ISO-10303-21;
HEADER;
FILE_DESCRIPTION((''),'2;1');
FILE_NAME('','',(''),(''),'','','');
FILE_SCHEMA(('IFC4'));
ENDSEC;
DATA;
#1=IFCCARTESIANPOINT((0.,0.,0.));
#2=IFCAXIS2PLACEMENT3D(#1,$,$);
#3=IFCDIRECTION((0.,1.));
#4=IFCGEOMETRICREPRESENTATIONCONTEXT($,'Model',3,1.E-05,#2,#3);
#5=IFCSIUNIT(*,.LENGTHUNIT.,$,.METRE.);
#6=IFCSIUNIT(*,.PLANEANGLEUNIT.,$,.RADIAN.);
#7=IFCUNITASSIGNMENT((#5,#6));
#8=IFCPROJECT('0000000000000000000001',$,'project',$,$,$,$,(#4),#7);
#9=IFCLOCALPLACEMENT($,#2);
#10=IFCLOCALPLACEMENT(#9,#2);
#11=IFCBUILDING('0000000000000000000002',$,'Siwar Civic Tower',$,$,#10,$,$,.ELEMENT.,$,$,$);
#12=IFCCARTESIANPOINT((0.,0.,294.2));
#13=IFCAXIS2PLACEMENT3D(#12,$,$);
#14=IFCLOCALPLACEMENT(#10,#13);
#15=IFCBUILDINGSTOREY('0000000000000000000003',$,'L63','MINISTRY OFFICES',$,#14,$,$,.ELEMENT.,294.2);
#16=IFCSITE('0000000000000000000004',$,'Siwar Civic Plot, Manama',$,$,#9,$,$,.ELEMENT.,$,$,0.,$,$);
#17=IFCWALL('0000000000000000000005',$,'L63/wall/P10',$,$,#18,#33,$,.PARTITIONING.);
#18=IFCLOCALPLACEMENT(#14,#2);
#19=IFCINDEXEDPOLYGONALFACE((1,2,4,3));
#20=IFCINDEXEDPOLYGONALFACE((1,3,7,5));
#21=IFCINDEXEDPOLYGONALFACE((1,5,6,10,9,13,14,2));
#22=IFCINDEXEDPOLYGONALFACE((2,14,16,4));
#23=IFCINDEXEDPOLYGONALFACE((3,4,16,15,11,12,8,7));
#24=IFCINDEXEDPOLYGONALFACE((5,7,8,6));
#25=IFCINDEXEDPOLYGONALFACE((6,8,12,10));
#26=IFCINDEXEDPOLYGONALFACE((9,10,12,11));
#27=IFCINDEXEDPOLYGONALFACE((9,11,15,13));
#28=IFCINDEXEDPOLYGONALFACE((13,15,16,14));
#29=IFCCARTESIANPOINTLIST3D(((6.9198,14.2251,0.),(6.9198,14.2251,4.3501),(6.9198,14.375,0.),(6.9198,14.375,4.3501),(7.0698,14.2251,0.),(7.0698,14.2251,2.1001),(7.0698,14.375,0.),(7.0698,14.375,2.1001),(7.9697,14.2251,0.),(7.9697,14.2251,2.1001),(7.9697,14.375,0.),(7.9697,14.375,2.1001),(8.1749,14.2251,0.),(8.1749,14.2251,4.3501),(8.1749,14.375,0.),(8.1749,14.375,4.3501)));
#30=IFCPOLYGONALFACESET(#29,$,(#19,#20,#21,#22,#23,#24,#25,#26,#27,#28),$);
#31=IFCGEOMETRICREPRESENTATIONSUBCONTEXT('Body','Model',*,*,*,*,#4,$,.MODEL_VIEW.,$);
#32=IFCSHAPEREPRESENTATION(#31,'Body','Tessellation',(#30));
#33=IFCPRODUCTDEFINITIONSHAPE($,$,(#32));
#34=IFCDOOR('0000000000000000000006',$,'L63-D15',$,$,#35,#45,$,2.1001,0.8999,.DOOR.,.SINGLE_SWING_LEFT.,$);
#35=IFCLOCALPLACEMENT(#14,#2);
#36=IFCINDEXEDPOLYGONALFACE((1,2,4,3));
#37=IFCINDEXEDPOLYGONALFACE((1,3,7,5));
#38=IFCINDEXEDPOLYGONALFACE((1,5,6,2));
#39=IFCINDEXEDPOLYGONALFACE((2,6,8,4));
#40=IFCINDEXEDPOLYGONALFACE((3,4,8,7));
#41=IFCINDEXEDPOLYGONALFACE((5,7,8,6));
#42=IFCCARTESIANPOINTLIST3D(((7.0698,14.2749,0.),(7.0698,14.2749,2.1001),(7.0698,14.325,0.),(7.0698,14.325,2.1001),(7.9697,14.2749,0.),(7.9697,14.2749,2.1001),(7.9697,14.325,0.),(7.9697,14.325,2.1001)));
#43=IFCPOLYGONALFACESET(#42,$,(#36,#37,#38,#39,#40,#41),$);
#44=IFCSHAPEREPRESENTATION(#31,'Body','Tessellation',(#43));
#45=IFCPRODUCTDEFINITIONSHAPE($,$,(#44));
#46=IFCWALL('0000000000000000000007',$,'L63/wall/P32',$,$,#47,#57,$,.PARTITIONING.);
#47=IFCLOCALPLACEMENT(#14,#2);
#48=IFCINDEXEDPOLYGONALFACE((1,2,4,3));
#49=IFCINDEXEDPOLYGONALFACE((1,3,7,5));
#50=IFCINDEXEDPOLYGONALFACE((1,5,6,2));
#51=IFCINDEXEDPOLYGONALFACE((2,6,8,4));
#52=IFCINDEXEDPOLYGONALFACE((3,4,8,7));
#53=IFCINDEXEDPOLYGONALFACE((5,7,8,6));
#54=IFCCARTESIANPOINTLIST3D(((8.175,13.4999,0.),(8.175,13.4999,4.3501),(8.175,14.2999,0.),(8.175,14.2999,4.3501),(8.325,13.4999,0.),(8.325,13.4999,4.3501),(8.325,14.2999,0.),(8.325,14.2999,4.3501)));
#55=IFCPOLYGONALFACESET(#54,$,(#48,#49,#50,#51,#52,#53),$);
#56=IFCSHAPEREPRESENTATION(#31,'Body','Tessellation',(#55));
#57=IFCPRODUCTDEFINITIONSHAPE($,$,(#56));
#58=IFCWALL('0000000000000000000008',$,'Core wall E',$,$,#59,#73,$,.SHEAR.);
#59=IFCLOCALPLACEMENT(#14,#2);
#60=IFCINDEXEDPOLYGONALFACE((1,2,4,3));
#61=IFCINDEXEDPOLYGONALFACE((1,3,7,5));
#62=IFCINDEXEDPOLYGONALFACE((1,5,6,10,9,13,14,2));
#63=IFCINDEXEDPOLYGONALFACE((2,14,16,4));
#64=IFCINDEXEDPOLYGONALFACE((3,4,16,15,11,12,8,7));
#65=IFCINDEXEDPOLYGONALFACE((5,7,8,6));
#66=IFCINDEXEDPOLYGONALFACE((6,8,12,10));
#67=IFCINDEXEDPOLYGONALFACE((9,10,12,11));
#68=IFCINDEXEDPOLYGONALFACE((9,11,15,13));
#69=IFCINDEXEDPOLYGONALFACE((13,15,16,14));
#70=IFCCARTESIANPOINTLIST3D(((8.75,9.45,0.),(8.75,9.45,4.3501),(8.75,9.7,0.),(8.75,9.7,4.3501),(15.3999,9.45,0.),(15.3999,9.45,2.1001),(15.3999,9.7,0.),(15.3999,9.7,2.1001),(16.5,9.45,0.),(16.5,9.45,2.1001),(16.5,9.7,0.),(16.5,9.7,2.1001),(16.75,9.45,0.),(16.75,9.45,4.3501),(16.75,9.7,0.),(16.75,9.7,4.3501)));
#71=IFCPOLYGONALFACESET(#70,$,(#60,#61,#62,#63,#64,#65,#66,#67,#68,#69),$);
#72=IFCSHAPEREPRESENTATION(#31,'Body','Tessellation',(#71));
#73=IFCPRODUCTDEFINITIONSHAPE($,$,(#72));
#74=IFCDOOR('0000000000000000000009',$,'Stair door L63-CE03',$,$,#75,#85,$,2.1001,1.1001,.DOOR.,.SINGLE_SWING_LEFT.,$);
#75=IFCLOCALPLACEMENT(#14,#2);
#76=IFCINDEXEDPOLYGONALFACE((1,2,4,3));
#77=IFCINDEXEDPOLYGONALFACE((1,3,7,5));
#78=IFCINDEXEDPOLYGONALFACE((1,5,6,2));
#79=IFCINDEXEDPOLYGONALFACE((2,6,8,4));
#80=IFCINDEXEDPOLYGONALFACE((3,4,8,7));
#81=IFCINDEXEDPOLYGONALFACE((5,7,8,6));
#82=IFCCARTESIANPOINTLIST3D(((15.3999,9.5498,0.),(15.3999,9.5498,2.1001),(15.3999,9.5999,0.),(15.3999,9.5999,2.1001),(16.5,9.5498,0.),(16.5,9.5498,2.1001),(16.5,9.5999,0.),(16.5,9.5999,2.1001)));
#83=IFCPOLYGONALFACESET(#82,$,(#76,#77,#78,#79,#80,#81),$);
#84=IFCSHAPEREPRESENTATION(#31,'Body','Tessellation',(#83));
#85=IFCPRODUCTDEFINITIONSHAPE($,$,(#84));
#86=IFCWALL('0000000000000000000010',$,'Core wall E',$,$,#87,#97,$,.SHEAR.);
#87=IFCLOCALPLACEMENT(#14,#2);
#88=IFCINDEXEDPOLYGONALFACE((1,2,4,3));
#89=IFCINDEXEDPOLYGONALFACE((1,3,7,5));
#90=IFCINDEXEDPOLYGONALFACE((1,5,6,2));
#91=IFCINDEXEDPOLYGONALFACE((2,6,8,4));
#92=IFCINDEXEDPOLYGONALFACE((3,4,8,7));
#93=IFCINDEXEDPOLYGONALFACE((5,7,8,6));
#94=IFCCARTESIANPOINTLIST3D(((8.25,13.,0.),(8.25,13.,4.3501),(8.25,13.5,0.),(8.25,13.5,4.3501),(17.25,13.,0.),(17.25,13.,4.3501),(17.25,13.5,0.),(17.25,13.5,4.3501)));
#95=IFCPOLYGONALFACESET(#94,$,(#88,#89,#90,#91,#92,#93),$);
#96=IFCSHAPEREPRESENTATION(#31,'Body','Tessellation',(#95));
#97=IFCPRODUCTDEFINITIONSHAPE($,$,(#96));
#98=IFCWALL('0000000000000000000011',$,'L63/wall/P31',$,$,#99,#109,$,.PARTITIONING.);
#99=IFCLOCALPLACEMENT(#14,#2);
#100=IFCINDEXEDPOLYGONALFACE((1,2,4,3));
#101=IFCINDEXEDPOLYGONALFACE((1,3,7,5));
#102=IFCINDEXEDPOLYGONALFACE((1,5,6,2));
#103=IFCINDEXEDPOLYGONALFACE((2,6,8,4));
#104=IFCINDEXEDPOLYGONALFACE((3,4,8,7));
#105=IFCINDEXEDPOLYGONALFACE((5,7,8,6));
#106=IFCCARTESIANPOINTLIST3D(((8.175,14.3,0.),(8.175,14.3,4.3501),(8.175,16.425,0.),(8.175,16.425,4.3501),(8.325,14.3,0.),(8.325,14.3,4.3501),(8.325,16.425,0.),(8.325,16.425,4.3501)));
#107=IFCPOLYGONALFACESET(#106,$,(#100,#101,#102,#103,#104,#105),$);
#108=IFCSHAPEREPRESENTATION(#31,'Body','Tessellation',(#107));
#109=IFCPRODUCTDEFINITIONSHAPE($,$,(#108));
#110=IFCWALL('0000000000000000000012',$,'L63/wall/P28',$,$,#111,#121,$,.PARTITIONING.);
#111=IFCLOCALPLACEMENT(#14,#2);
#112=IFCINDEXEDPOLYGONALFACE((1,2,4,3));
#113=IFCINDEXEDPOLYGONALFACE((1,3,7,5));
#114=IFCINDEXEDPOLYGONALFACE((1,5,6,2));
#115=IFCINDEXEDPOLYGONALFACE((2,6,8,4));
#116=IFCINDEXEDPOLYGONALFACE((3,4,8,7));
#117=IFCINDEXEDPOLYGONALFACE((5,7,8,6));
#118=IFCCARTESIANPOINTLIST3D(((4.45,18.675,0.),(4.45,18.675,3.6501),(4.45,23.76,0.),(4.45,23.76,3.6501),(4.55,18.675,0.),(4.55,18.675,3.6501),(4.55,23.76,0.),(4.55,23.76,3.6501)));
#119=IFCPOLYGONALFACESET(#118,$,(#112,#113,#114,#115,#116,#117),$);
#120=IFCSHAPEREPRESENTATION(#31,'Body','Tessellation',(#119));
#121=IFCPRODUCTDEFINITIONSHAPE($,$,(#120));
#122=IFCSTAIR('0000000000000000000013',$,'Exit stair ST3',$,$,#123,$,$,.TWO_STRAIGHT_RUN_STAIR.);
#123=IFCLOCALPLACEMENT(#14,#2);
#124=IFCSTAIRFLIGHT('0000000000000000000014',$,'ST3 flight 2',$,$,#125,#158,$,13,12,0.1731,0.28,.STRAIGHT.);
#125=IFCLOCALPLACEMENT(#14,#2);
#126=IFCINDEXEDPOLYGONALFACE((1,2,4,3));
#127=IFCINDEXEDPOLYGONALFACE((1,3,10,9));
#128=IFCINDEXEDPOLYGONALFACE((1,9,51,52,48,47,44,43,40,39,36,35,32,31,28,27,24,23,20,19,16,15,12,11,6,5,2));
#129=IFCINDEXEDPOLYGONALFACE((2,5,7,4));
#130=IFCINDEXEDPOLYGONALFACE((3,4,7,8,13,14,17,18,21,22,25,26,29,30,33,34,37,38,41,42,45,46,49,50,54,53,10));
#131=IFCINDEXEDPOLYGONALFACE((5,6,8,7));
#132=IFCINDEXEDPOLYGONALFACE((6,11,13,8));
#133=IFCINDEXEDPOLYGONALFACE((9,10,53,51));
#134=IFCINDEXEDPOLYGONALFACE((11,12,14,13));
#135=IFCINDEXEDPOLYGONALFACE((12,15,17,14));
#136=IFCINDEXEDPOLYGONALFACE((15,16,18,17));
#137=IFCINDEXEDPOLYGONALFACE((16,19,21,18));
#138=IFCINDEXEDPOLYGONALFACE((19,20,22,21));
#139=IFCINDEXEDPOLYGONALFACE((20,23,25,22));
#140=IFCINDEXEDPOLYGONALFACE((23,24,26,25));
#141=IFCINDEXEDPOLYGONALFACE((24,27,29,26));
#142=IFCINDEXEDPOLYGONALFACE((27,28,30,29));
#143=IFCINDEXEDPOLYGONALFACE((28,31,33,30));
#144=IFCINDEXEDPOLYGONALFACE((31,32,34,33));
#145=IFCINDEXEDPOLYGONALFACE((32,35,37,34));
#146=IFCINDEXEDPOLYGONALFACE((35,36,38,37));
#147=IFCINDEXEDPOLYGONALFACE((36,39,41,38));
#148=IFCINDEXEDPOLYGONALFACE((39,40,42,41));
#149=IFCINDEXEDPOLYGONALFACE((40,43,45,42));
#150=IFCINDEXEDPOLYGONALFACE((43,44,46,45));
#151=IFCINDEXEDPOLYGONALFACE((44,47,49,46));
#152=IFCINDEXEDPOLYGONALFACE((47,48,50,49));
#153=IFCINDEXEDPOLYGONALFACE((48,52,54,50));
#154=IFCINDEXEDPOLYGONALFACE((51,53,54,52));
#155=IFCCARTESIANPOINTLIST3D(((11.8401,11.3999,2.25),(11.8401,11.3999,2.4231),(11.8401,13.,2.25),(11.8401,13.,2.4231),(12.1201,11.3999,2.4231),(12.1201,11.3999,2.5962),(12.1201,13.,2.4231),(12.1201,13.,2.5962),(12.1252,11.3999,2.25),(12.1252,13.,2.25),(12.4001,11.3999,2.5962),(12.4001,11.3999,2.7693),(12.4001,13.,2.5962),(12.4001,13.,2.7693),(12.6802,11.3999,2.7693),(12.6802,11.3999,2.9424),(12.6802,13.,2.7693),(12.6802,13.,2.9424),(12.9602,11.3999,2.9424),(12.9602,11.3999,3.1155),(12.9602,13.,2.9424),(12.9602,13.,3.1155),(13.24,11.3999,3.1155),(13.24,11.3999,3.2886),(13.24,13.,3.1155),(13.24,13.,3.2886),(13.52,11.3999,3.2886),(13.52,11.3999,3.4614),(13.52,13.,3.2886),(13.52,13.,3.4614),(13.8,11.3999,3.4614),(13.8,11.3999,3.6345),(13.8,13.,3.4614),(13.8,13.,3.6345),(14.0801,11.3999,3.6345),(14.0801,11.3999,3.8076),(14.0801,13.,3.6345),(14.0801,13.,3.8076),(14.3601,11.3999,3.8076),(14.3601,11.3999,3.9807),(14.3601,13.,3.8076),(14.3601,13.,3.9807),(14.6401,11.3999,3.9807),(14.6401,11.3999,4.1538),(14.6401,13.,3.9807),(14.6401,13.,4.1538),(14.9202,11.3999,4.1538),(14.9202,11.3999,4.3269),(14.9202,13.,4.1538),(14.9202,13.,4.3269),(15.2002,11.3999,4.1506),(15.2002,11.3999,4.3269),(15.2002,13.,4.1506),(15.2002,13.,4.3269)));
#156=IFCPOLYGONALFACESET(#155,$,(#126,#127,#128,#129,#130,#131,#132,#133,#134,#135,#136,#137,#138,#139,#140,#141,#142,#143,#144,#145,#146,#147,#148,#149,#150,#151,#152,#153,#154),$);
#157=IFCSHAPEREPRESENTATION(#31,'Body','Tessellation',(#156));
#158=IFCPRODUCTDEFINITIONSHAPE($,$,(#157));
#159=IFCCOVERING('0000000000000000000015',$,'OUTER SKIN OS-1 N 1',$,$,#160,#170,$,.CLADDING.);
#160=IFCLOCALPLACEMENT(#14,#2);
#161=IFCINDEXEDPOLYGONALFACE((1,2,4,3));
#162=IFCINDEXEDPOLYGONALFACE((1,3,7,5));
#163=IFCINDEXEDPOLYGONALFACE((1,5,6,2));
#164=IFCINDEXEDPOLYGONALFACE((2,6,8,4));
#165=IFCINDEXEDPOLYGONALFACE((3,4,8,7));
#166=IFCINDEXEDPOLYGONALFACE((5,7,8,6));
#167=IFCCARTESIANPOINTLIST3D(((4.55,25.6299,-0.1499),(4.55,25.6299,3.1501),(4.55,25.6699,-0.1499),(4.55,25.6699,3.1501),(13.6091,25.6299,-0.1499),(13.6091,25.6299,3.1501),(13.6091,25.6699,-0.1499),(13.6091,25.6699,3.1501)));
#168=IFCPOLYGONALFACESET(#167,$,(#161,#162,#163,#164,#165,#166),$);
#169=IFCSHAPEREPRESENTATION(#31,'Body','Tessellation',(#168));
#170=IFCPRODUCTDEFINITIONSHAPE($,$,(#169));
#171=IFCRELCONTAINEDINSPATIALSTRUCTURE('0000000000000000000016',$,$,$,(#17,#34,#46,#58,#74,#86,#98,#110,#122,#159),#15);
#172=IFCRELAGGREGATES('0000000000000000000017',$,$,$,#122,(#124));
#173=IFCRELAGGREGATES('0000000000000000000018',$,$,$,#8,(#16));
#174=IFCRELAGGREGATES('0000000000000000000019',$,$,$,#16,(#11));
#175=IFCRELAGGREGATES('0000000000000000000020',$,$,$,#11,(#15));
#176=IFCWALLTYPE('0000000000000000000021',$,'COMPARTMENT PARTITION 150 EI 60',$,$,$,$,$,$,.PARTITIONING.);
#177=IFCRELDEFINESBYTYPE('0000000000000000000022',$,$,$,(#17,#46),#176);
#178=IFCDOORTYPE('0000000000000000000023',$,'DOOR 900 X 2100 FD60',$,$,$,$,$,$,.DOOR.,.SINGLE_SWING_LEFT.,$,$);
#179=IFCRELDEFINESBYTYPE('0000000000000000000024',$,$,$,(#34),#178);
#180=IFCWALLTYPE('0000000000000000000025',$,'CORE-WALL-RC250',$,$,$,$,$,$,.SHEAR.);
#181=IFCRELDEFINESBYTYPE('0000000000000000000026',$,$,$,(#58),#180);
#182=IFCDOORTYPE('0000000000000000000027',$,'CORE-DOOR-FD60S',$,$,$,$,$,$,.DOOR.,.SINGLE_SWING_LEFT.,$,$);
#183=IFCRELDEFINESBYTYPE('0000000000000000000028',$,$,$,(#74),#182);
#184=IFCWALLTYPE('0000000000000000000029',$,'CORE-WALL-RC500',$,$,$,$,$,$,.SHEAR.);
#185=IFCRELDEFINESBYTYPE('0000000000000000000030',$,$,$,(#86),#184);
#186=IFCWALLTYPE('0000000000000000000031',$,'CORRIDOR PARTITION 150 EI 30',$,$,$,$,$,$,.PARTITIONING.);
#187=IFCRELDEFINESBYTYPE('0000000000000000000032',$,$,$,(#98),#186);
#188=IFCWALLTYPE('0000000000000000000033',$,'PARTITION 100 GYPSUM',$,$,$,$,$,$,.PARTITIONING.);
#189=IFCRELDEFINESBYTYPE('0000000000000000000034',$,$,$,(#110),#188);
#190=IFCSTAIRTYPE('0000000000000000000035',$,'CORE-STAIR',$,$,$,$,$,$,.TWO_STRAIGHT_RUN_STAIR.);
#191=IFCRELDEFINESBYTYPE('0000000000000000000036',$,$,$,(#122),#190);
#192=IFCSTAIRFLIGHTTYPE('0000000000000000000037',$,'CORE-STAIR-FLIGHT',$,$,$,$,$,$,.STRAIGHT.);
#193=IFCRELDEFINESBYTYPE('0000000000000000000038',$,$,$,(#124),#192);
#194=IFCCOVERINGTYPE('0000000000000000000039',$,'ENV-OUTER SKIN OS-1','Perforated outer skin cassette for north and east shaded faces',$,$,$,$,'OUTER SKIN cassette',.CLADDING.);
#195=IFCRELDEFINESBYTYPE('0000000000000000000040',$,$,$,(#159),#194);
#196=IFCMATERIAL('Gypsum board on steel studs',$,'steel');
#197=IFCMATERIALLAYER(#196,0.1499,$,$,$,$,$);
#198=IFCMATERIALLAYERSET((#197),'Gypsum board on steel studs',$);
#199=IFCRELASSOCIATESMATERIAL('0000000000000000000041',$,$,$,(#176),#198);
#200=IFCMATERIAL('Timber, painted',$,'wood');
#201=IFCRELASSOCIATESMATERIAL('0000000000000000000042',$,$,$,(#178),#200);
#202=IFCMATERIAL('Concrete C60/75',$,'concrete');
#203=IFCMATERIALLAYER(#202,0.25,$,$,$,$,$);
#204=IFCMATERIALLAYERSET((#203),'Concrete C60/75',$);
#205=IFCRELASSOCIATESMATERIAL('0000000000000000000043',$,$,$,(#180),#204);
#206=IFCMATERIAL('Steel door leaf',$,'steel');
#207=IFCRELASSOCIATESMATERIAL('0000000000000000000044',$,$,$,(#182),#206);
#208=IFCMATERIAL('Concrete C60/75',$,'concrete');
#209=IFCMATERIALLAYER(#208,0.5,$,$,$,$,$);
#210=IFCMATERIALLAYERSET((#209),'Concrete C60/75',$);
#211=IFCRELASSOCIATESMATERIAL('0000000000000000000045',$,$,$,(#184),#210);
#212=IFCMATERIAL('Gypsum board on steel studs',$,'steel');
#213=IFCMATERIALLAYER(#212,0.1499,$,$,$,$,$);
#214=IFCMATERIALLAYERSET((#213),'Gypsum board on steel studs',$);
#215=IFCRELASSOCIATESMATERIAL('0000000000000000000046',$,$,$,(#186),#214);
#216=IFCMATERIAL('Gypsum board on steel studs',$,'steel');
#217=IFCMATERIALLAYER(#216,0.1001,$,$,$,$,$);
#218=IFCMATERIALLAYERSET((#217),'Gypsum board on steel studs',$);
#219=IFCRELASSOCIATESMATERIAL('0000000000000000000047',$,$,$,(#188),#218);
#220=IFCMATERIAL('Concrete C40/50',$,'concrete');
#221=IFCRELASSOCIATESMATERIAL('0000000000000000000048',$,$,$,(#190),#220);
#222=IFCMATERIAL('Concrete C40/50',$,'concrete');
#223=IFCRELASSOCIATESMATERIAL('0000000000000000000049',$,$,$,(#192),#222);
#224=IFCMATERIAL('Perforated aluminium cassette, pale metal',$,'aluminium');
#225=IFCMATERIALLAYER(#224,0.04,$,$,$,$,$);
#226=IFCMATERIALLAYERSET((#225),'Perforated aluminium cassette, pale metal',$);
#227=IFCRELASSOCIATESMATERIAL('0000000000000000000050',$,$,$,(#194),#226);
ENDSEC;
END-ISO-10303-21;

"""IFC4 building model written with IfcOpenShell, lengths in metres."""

from ifc_helpers import new_model, si_unit, direction, frame, frame_2d, origin, origin_2d, place, context, subcontext, project, spatial, polyline, rectangle, outline, extrude, material, layer, layer_set, type_object, element, fill, aggregate, save


model = new_model("IFC4")

# Units and contexts
model_context = context("Model", 3, precision=1e-05, world=origin(), true_north=direction((0.0, 1.0)))
body_context = subcontext(model_context, "Body", "Model", "MODEL_VIEW")
ifc_project = project(units=[si_unit("LENGTHUNIT", "METRE"), si_unit("PLANEANGLEUNIT", "RADIAN")], contexts=[model_context])

# Site, building, storey
site_placement = place(None, origin())
site = spatial("IfcSite", under=ifc_project, at=site_placement, Name="Siwar Civic Plot, Manama", CompositionType="ELEMENT", RefElevation=0.0)
building_placement = place(site_placement, origin())
building = spatial("IfcBuilding", under=site, at=building_placement, Name="Siwar Civic Tower", CompositionType="ELEMENT")
storey_placement = place(building_placement, frame((0.0, 0.0, 294.2)))
storey = spatial("IfcBuildingStorey", under=building, at=storey_placement, Name="L63", Description="MINISTRY OFFICES", CompositionType="ELEMENT", Elevation=294.2)

# Wall, opening, door
ifc_material_1 = material(Name="Gypsum board on steel studs", Category="steel")
ifc_layer_1 = layer(ifc_material_1, 0.1499)
ifc_layer_set_1 = layer_set([ifc_layer_1], Name="Gypsum board on steel studs")
wall_type_1 = type_object("IfcWallType", Name="COMPARTMENT PARTITION 150 EI 60", PredefinedType="PARTITIONING", material=ifc_layer_set_1)
wall_1_placement = place(storey_placement, frame((6.9199, 14.3, 0.0), z_axis=(0.0, 0.0, 1.0), x_axis=(1.0, 0.0, 0.0)))
wall_1 = element("IfcWall", 1, at=wall_1_placement, inside=storey, type_object=wall_type_1, Name="L63/wall/P10", PredefinedType="PARTITIONING", context=body_context, shape_type="SweptSolid", body=[
    extrude(rectangle(XDim=1.2551, YDim=0.1499, at=frame_2d((0.6274, 0.0))), origin(), (0.0, 0.0, 1.0), 4.3501),
])
opening_1_placement = place(wall_1_placement, frame((0.1499, 0.0, 0.0)))
opening_1 = element("IfcOpeningElement", 2, at=opening_1_placement, cuts=wall_1, PredefinedType="OPENING", context=body_context, shape_type="SweptSolid", body=[
    extrude(rectangle(XDim=0.8999, YDim=2.1001, at=frame_2d((0.45, 1.05))), frame((0.0, 0.085, 0.0), z_axis=(0.0, -1.0, 0.0), x_axis=(1.0, 0.0, 0.0)), (0.0, 0.0, 1.0), 0.1699),
])
ifc_material_2 = material(Name="Timber, painted", Category="wood")
door_type_1 = type_object("IfcDoorType", Name="DOOR 900 X 2100 FD60", OperationType="SINGLE_SWING_LEFT", PredefinedType="DOOR", material=ifc_material_2)
door_1_placement = place(opening_1_placement, origin())
door_1 = element("IfcDoor", 3, at=door_1_placement, inside=storey, type_object=door_type_1, Name="L63-D15", OperationType="SINGLE_SWING_LEFT", OverallHeight=2.1001, OverallWidth=0.8999, PredefinedType="DOOR", context=body_context, shape_type="SweptSolid", body=[
    extrude(rectangle(XDim=0.8999, YDim=2.1001, at=frame_2d((0.45, 1.05))), frame((0.0, 0.0249, 0.0), z_axis=(0.0, -1.0, 0.0), x_axis=(1.0, 0.0, 0.0)), (0.0, 0.0, 1.0), 0.05),
])
fill(opening_1, door_1)

# Wall
wall_2_placement = place(storey_placement, frame((8.25, 13.5, 0.0), z_axis=(0.0, 0.0, 1.0), x_axis=(0.0, 1.0, 0.0)))
element("IfcWall", 4, at=wall_2_placement, inside=storey, type_object=wall_type_1, Name="L63/wall/P32", PredefinedType="PARTITIONING", context=body_context, shape_type="SweptSolid", body=[
    extrude(rectangle(XDim=0.8, YDim=0.1499, at=frame_2d((0.3999, 0.0))), origin(), (0.0, 0.0, 1.0), 4.3501),
])

# Wall, opening, door
ifc_material_3 = material(Name="Concrete C60/75", Category="concrete")
ifc_layer_2 = layer(ifc_material_3, 0.25)
ifc_layer_set_2 = layer_set([ifc_layer_2], Name="Concrete C60/75")
wall_type_2 = type_object("IfcWallType", Name="CORE-WALL-RC250", PredefinedType="SHEAR", material=ifc_layer_set_2)
wall_3_placement = place(storey_placement, frame((8.75, 9.575, 0.0), z_axis=(0.0, 0.0, 1.0), x_axis=(1.0, 0.0, 0.0)))
wall_3 = element("IfcWall", 5, at=wall_3_placement, inside=storey, type_object=wall_type_2, Name="Core wall E", PredefinedType="SHEAR", context=body_context, shape_type="SweptSolid", body=[
    extrude(rectangle(XDim=8.0, YDim=0.25, at=frame_2d((4.0, 0.0))), origin(), (0.0, 0.0, 1.0), 4.3501),
])
opening_2_placement = place(wall_3_placement, frame((6.6499, 0.0, 0.0)))
opening_2 = element("IfcOpeningElement", 6, at=opening_2_placement, cuts=wall_3, PredefinedType="OPENING", context=body_context, shape_type="SweptSolid", body=[
    extrude(rectangle(XDim=1.1001, YDim=2.1001, at=frame_2d((0.55, 1.05))), frame((0.0, 0.135, 0.0), z_axis=(0.0, -1.0, 0.0), x_axis=(1.0, 0.0, 0.0)), (0.0, 0.0, 1.0), 0.27),
])
ifc_material_4 = material(Name="Steel door leaf", Category="steel")
door_type_2 = type_object("IfcDoorType", Name="CORE-DOOR-FD60S", OperationType="SINGLE_SWING_LEFT", PredefinedType="DOOR", material=ifc_material_4)
door_2_placement = place(opening_2_placement, origin())
door_2 = element("IfcDoor", 7, at=door_2_placement, inside=storey, type_object=door_type_2, Name="Stair door L63-CE03", OperationType="SINGLE_SWING_LEFT", OverallHeight=2.1001, OverallWidth=1.1001, PredefinedType="DOOR", context=body_context, shape_type="SweptSolid", body=[
    extrude(rectangle(XDim=1.1001, YDim=2.1001, at=frame_2d((0.55, 1.05))), frame((0.0, 0.0249, 0.0), z_axis=(0.0, -1.0, 0.0), x_axis=(1.0, 0.0, 0.0)), (0.0, 0.0, 1.0), 0.05),
])
fill(opening_2, door_2)

# Walls
ifc_material_5 = material(Name="Concrete C60/75", Category="concrete")
ifc_layer_3 = layer(ifc_material_5, 0.5)
ifc_layer_set_3 = layer_set([ifc_layer_3], Name="Concrete C60/75")
wall_type_3 = type_object("IfcWallType", Name="CORE-WALL-RC500", PredefinedType="SHEAR", material=ifc_layer_set_3)
wall_4_placement = place(storey_placement, frame((8.25, 13.25, 0.0), z_axis=(0.0, 0.0, 1.0), x_axis=(1.0, 0.0, 0.0)))
element("IfcWall", 8, at=wall_4_placement, inside=storey, type_object=wall_type_3, Name="Core wall E", PredefinedType="SHEAR", context=body_context, shape_type="SweptSolid", body=[
    extrude(rectangle(XDim=9.0, YDim=0.5, at=frame_2d((4.5, 0.0))), origin(), (0.0, 0.0, 1.0), 4.3501),
])
ifc_material_6 = material(Name="Gypsum board on steel studs", Category="steel")
ifc_layer_4 = layer(ifc_material_6, 0.1499)
ifc_layer_set_4 = layer_set([ifc_layer_4], Name="Gypsum board on steel studs")
wall_type_4 = type_object("IfcWallType", Name="CORRIDOR PARTITION 150 EI 30", PredefinedType="PARTITIONING", material=ifc_layer_set_4)
wall_5_placement = place(storey_placement, frame((8.25, 14.3, 0.0), z_axis=(0.0, 0.0, 1.0), x_axis=(0.0, 1.0, 0.0)))
element("IfcWall", 9, at=wall_5_placement, inside=storey, type_object=wall_type_4, Name="L63/wall/P31", PredefinedType="PARTITIONING", context=body_context, shape_type="SweptSolid", body=[
    extrude(rectangle(XDim=2.125, YDim=0.1499, at=frame_2d((1.0625, 0.0))), origin(), (0.0, 0.0, 1.0), 4.3501),
])
ifc_material_7 = material(Name="Gypsum board on steel studs", Category="steel")
ifc_layer_5 = layer(ifc_material_7, 0.1001)
ifc_layer_set_5 = layer_set([ifc_layer_5], Name="Gypsum board on steel studs")
wall_type_5 = type_object("IfcWallType", Name="PARTITION 100 GYPSUM", PredefinedType="PARTITIONING", material=ifc_layer_set_5)
wall_6_placement = place(storey_placement, frame((4.5, 18.675, 0.0), z_axis=(0.0, 0.0, 1.0), x_axis=(0.0, 1.0, 0.0)))
element("IfcWall", 10, at=wall_6_placement, inside=storey, type_object=wall_type_5, Name="L63/wall/P28", PredefinedType="PARTITIONING", context=body_context, shape_type="SweptSolid", body=[
    extrude(rectangle(XDim=5.085, YDim=0.1001, at=frame_2d((2.5425, 0.0))), origin(), (0.0, 0.0, 1.0), 3.6501),
])

# Stair, stair flight
ifc_material_8 = material(Name="Concrete C40/50", Category="concrete")
stair_type = type_object("IfcStairType", Name="CORE-STAIR", PredefinedType="TWO_STRAIGHT_RUN_STAIR", material=ifc_material_8)
stair_placement = place(storey_placement, origin())
stair = element("IfcStair", 11, at=stair_placement, inside=storey, type_object=stair_type, Name="Exit stair ST3", PredefinedType="TWO_STRAIGHT_RUN_STAIR")
ifc_material_9 = material(Name="Concrete C40/50", Category="concrete")
stair_flight_type = type_object("IfcStairFlightType", Name="CORE-STAIR-FLIGHT", PredefinedType="STRAIGHT", material=ifc_material_9)
stair_flight_placement = place(storey_placement, frame((11.8401, 12.2, 2.25), z_axis=(0.0, 0.0, 1.0), x_axis=(1.0, 0.0, 0.0)))
stair_flight = element("IfcStairFlight", 12, at=stair_flight_placement, type_object=stair_flight_type, Name="ST3 flight 2", NumberOfRisers=13, NumberOfTreads=12, PredefinedType="STRAIGHT", RiserHeight=0.1731, TreadLength=0.28, context=body_context, shape_type="SweptSolid", body=[
    extrude(outline(polyline([(0.0, 0.0), (0.0, 0.1731), (0.28, 0.1731), (0.28, 0.3462), (0.5601, 0.3462), (0.5601, 0.5193), (0.8401, 0.5193), (0.8401, 0.6924), (1.1201, 0.6924), (1.1201, 0.8655), (1.3999, 0.8655), (1.3999, 1.0386), (1.6799, 1.0386), (1.6799, 1.2114), (1.96, 1.2114), (1.96, 1.3845), (2.24, 1.3845), (2.24, 1.5576), (2.52, 1.5576), (2.52, 1.7307), (2.8, 1.7307), (2.8, 1.9038), (3.0801, 1.9038), (3.0801, 2.0769), (3.3601, 2.0769), (3.3601, 2.25), (3.3601, 1.9006), (0.2852, 0.0), (0.0, 0.0)])), frame((0.0, 0.8, 0.0), z_axis=(0.0, -1.0, 0.0), x_axis=(1.0, 0.0, 0.0)), (0.0, 0.0, 1.0), 1.6001),
])
aggregate(stair, [stair_flight])

# Covering
ifc_material_10 = material(Name="Perforated aluminium cassette, pale metal", Category="aluminium")
ifc_layer_6 = layer(ifc_material_10, 0.04)
ifc_layer_set_6 = layer_set([ifc_layer_6], Name="Perforated aluminium cassette, pale metal")
covering_type = type_object("IfcCoveringType", Name="ENV-OUTER SKIN OS-1", Description="Perforated outer skin cassette for north and east shaded faces", ElementType="OUTER SKIN cassette", PredefinedType="CLADDING", material=ifc_layer_set_6)
covering_1_placement = place(storey_placement, frame((9.0796, 25.6499, -0.1499), z_axis=(0.0, 0.0, 1.0), x_axis=(-1.0, 0.0, 0.0)))
element("IfcCovering", 13, at=covering_1_placement, inside=storey, type_object=covering_type, Name="OUTER SKIN OS-1 N 1", PredefinedType="CLADDING", context=body_context, shape_type="SweptSolid", body=[
    extrude(rectangle(XDim=9.0591, YDim=0.04, at=origin_2d()), origin(), (0.0, 0.0, 1.0), 3.3),
])

save(model, "model.ifc")
